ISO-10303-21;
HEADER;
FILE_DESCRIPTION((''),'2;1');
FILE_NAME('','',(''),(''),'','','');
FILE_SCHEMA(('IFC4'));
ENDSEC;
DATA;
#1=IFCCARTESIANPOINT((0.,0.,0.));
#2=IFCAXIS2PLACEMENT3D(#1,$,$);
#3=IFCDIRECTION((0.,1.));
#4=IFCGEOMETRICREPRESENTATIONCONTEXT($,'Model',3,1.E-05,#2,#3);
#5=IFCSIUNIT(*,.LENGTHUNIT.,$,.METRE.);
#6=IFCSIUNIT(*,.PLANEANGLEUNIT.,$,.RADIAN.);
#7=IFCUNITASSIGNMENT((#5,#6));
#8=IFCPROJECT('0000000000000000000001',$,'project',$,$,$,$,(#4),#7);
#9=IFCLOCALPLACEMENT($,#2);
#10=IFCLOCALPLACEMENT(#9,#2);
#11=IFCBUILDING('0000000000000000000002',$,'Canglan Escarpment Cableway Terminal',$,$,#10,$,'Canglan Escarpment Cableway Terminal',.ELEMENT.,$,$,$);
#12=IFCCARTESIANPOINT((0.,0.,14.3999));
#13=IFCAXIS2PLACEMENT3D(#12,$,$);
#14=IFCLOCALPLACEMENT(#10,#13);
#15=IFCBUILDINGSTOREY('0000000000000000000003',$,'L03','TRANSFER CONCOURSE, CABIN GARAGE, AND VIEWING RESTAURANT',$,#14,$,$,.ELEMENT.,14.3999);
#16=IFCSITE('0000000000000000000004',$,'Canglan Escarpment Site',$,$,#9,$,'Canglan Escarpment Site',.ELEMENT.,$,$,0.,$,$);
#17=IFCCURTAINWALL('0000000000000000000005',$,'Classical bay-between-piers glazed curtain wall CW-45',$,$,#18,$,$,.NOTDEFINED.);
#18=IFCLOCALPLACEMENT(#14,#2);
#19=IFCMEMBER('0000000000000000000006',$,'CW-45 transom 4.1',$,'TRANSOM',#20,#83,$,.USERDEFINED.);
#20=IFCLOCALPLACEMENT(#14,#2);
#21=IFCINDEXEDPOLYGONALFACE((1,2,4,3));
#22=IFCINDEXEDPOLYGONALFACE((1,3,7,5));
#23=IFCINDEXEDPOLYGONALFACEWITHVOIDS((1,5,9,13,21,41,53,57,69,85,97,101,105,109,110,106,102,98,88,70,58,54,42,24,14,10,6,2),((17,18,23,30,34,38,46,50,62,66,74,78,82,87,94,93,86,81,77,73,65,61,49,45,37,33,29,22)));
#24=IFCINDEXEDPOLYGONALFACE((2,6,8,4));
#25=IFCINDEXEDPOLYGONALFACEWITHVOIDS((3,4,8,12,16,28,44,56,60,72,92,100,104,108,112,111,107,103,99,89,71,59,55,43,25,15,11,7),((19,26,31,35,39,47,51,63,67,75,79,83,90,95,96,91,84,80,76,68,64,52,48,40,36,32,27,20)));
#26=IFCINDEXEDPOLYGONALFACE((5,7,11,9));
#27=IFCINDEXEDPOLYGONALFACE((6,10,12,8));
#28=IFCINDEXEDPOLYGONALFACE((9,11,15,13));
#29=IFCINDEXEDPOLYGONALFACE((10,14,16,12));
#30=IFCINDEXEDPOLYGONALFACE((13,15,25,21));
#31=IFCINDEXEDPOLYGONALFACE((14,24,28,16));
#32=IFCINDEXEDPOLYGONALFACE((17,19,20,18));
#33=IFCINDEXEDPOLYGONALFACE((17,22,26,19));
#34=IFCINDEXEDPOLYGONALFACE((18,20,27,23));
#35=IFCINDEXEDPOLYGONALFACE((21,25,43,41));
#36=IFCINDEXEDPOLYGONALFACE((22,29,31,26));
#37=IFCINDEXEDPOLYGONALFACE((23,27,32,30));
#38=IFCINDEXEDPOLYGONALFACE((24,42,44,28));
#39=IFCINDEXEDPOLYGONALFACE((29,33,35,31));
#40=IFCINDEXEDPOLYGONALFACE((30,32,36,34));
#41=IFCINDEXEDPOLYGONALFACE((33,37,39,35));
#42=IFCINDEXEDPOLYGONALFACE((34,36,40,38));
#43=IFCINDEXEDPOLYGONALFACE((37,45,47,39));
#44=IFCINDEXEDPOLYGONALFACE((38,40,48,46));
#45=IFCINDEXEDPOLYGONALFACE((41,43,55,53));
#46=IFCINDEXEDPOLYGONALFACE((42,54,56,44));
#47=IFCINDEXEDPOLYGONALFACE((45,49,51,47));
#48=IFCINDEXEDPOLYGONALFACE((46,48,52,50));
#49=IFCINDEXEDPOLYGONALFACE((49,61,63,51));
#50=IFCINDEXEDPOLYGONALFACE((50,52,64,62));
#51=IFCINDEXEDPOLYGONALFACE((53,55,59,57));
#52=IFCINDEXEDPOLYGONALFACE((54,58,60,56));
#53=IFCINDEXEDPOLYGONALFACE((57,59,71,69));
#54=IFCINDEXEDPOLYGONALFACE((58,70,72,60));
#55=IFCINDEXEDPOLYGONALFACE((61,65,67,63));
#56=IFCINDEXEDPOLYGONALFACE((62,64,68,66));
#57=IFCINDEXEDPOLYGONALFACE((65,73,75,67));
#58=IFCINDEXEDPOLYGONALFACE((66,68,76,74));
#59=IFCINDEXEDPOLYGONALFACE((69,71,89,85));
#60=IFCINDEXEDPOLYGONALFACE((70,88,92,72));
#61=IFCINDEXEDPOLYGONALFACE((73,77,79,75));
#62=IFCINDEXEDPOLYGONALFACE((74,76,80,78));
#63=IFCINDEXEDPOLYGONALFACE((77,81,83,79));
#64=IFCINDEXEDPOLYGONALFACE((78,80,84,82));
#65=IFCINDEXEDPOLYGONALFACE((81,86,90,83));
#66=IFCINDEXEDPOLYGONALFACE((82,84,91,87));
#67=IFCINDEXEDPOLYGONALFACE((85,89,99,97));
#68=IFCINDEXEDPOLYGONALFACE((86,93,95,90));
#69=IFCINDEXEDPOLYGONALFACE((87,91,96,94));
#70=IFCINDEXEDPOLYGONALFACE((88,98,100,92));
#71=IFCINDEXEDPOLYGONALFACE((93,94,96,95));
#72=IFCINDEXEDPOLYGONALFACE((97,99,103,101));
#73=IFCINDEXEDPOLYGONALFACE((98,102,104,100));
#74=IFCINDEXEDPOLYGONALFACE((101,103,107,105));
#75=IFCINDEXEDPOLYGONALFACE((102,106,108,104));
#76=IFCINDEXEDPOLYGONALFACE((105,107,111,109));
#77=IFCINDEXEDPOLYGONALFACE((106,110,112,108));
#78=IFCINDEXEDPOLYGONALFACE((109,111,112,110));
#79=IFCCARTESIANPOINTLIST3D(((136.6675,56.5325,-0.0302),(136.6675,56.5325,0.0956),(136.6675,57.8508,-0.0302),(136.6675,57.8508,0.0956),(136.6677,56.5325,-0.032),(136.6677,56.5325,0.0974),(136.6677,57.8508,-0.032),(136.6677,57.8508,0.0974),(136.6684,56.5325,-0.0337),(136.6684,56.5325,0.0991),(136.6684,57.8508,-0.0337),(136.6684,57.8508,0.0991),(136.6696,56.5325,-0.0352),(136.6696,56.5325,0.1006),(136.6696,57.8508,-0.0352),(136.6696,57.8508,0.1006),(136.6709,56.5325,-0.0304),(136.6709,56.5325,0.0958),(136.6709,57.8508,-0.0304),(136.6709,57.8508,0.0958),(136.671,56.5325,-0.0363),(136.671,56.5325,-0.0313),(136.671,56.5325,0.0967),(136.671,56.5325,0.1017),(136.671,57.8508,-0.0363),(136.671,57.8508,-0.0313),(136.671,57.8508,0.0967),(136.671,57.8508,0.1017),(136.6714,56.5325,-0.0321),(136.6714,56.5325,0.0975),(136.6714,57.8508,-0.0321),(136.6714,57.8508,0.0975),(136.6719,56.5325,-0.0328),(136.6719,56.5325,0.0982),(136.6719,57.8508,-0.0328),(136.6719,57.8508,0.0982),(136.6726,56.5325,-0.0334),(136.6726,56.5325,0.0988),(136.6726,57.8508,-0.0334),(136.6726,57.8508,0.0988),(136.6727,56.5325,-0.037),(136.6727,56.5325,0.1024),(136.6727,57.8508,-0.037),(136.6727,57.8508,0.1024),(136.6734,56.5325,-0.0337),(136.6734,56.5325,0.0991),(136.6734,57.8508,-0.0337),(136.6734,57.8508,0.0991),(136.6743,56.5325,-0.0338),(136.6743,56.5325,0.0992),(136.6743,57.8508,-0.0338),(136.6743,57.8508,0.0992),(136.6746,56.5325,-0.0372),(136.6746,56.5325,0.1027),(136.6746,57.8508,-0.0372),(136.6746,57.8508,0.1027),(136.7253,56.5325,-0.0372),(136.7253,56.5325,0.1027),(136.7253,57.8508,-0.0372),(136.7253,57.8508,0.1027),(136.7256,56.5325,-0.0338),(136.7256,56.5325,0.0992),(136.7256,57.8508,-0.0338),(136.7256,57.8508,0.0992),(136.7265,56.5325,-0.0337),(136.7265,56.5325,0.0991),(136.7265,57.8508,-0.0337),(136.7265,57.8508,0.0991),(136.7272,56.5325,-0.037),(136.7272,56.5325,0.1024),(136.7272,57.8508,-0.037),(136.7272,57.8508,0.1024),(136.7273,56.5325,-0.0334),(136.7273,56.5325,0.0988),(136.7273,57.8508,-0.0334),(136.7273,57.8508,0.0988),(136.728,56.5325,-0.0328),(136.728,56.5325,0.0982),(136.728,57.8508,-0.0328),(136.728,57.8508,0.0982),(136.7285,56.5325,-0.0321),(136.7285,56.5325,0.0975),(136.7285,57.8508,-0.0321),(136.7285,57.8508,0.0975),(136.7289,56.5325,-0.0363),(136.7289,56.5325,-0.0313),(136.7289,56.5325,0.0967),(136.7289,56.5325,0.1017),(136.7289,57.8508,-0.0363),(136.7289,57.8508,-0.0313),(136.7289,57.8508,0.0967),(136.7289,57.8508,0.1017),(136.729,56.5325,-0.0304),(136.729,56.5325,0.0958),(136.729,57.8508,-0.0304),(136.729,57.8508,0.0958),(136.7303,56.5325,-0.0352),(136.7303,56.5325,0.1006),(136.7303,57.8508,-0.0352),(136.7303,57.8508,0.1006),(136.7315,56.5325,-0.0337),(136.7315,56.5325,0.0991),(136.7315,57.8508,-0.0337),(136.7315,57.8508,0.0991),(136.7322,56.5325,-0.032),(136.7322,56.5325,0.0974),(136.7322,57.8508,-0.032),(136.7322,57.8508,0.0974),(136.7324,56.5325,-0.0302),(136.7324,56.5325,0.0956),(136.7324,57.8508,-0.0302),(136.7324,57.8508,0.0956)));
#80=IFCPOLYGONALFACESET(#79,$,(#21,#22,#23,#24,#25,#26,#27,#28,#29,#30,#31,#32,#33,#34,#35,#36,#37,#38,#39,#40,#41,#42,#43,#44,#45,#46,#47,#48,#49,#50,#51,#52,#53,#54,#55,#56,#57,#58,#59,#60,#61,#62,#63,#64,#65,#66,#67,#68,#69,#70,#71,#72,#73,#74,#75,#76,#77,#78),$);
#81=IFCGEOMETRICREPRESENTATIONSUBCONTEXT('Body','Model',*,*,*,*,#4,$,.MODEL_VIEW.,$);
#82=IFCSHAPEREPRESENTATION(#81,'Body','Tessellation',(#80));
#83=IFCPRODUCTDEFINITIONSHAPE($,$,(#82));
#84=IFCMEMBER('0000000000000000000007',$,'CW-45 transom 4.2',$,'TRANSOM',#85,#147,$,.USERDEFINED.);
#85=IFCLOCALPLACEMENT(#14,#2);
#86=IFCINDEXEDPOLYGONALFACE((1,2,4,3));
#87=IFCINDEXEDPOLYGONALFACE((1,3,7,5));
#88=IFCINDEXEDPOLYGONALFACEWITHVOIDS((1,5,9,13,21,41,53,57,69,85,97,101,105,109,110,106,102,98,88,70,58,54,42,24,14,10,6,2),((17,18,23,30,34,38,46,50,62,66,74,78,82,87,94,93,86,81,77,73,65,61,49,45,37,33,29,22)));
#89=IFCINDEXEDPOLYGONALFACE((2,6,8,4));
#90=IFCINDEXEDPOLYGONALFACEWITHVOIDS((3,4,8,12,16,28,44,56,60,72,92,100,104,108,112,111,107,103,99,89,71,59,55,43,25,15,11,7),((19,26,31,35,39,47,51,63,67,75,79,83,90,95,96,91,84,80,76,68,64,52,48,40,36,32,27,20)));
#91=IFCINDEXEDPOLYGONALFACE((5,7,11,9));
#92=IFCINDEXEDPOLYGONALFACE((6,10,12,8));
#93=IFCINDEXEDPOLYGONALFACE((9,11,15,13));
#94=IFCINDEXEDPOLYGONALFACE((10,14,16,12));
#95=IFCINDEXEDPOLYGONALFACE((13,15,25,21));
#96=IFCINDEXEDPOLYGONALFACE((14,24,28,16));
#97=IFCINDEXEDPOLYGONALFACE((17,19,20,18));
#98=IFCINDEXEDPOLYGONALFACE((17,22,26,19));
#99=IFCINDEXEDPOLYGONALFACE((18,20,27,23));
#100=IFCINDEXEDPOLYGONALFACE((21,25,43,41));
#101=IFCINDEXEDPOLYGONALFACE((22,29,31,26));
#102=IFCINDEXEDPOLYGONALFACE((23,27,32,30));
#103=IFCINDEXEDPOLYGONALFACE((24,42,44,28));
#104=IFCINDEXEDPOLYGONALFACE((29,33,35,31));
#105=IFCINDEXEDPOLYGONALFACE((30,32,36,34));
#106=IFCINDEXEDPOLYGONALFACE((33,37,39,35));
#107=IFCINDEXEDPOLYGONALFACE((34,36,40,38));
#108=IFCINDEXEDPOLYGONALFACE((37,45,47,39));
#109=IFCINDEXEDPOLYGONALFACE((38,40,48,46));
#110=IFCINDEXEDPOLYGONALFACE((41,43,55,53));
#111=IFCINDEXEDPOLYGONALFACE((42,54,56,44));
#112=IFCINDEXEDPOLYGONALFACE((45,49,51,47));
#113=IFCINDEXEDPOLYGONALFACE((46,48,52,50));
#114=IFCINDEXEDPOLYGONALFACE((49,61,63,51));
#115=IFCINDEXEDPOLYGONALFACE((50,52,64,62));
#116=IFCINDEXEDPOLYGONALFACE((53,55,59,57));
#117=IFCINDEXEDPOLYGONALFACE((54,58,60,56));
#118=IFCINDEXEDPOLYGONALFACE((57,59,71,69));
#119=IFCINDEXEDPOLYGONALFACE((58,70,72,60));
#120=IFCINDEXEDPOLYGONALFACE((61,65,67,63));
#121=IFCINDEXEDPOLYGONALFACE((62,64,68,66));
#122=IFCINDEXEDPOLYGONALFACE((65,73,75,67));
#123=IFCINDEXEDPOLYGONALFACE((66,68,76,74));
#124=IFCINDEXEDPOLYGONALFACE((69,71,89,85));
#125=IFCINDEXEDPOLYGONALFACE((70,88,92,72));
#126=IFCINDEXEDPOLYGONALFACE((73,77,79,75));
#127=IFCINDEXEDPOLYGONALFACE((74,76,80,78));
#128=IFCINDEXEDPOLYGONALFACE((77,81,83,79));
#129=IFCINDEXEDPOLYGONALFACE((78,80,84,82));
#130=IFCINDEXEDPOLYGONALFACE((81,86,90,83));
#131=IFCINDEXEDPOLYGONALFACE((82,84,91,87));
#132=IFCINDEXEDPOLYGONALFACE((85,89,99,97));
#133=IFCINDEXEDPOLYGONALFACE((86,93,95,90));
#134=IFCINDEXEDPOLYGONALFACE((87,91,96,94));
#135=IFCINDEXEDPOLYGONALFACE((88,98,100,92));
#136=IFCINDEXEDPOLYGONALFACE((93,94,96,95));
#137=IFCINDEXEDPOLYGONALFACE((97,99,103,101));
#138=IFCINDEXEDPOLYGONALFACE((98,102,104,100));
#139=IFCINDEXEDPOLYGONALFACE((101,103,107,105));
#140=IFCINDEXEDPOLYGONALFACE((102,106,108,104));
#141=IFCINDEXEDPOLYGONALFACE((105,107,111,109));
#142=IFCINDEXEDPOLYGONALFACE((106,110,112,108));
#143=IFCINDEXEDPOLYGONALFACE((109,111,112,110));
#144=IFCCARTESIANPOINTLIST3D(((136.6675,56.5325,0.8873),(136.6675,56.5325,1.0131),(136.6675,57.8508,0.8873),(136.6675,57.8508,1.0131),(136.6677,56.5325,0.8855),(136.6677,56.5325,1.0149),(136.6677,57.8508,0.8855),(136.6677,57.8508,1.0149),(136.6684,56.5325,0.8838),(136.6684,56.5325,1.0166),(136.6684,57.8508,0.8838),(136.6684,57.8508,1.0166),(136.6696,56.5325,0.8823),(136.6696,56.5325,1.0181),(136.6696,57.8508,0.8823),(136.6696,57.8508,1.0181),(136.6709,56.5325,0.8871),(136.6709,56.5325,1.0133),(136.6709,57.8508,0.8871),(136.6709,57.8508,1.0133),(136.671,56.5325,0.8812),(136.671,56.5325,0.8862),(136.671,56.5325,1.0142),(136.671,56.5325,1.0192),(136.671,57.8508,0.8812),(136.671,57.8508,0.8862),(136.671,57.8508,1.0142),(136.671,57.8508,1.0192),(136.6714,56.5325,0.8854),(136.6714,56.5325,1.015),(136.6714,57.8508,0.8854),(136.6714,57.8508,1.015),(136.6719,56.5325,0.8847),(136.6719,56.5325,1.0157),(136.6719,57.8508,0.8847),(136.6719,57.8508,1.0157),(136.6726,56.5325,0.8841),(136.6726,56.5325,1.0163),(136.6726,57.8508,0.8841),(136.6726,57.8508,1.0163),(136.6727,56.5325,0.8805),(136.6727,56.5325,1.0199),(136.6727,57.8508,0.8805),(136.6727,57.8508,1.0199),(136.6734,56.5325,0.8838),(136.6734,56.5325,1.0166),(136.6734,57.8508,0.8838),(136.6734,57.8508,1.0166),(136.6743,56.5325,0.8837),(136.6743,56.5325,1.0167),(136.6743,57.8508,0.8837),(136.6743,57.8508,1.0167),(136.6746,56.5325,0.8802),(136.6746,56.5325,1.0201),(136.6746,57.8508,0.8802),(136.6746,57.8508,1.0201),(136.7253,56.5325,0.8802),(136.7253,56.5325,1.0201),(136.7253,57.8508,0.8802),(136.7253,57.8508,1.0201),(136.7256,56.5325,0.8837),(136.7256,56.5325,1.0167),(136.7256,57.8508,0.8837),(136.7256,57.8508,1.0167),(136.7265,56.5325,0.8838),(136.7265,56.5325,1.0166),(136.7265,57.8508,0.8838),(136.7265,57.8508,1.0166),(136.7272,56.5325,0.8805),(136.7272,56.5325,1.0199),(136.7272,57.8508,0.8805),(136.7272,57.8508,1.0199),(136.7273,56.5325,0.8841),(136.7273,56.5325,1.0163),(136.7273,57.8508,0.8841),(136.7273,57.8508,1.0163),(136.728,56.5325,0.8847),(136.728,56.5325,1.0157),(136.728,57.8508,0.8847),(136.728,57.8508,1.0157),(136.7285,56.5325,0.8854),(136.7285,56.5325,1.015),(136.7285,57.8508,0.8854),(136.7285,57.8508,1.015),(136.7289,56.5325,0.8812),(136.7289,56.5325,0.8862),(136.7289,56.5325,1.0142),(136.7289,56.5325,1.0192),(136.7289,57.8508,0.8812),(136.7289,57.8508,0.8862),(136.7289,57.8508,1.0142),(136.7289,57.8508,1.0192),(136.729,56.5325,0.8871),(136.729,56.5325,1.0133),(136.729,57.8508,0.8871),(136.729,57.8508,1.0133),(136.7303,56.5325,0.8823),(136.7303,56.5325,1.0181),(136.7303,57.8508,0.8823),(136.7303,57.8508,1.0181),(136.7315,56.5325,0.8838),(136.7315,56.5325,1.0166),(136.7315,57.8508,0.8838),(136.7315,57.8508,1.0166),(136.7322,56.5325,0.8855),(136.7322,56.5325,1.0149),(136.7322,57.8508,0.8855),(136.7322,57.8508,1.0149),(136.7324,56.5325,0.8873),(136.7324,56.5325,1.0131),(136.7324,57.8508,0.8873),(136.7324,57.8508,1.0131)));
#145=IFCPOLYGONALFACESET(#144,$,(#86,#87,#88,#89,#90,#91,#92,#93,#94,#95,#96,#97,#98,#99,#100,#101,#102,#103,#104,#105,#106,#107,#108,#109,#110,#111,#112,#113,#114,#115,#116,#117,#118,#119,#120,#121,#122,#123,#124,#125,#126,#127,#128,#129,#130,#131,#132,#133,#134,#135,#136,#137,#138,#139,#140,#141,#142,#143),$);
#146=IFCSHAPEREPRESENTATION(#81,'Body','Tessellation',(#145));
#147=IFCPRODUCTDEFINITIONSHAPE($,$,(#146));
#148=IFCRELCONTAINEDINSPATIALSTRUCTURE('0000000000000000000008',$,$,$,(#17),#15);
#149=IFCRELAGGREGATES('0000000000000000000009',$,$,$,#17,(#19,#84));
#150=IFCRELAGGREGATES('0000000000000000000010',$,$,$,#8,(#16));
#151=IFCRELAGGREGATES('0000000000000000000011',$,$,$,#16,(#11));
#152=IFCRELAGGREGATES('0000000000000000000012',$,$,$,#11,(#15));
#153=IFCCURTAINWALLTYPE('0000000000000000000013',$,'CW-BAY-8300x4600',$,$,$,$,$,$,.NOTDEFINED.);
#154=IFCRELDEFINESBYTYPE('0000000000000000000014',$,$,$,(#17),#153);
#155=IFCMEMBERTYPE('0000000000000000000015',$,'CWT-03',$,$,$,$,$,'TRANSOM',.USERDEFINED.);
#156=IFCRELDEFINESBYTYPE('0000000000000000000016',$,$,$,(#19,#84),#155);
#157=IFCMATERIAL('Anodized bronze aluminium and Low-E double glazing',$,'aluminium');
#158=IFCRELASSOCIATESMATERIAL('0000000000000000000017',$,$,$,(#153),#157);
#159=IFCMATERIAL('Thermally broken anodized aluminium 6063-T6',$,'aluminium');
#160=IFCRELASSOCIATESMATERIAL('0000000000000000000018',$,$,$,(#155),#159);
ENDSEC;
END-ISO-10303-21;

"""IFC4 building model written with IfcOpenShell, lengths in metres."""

from ifc_helpers import new_model, si_unit, direction, frame, origin, origin_2d, place, context, subcontext, project, spatial, hollow_rectangle, extrude, material, material_profile, profile_set, type_object, element, aggregate, save


model = new_model("IFC4")

# Units and contexts
model_context = context("Model", 3, precision=1e-05, world=origin(), true_north=direction((0.0, 1.0)))
body_context = subcontext(model_context, "Body", "Model", "MODEL_VIEW")
ifc_project = project(units=[si_unit("LENGTHUNIT", "METRE"), si_unit("PLANEANGLEUNIT", "RADIAN")], contexts=[model_context])

# Site, building, storey
site_placement = place(None, origin())
site = spatial("IfcSite", under=ifc_project, at=site_placement, Name="Canglan Escarpment Site", LongName="Canglan Escarpment Site", CompositionType="ELEMENT", RefElevation=0.0)
building_placement = place(site_placement, origin())
building = spatial("IfcBuilding", under=site, at=building_placement, Name="Canglan Escarpment Cableway Terminal", LongName="Canglan Escarpment Cableway Terminal", CompositionType="ELEMENT")
storey_placement = place(building_placement, frame((0.0, 0.0, 14.3999)))
storey = spatial("IfcBuildingStorey", under=building, at=storey_placement, Name="L03", Description="TRANSFER CONCOURSE, CABIN GARAGE, AND VIEWING RESTAURANT", CompositionType="ELEMENT", Elevation=14.3999)

# Curtain wall, members
ifc_material_1 = material(Name="Anodized bronze aluminium and Low-E double glazing", Category="aluminium")
curtain_wall_type = type_object("IfcCurtainWallType", Name="CW-BAY-8300x4600", PredefinedType="NOTDEFINED", material=ifc_material_1)
curtain_wall_placement = place(storey_placement, origin())
curtain_wall = element("IfcCurtainWall", 1, at=curtain_wall_placement, inside=storey, type_object=curtain_wall_type, Name="Classical bay-between-piers glazed curtain wall CW-45", PredefinedType="NOTDEFINED")
ifc_material_2 = material(Name="Thermally broken anodized aluminium 6063-T6", Category="aluminium")
ifc_material_profile_1 = material_profile(ifc_material_2, hollow_rectangle(XDim=0.0649, YDim=0.1399, WallThickness=0.0034, InnerFilletRadius=0.0034, OuterFilletRadius=0.0071, at=origin_2d()), Name="ALU-TRAN 65x140x3.5")
ifc_profile_set_1 = profile_set([ifc_material_profile_1], Name="Thermally broken anodized aluminium 6063-T6")
member_type_1 = type_object("IfcMemberType", Name="CWT-03", ElementType="TRANSOM", PredefinedType="USERDEFINED", material=ifc_profile_set_1)
member_1_placement = place(storey_placement, frame((136.7, 56.5325, 0.0327), z_axis=(0.0, 1.0, 0.0), x_axis=(-1.0, 0.0, 0.0)))
member_1 = element("IfcMember", 2, at=member_1_placement, type_object=member_type_1, Name="CW-45 transom 4.1", ObjectType="TRANSOM", PredefinedType="USERDEFINED", context=body_context, shape_type="SweptSolid", body=[
    extrude(hollow_rectangle(XDim=0.0649, YDim=0.1399, WallThickness=0.0034, InnerFilletRadius=0.0034, OuterFilletRadius=0.0071, at=origin_2d()), origin(), (0.0, 0.0, 1.0), 1.3184),
])
member_2_placement = place(storey_placement, frame((136.7, 56.5325, 0.9502), z_axis=(0.0, 1.0, 0.0), x_axis=(-1.0, 0.0, 0.0)))
member_2 = element("IfcMember", 3, at=member_2_placement, type_object=member_type_1, Name="CW-45 transom 4.2", ObjectType="TRANSOM", PredefinedType="USERDEFINED", context=body_context, shape_type="SweptSolid", body=[
    extrude(hollow_rectangle(XDim=0.0649, YDim=0.1399, WallThickness=0.0034, InnerFilletRadius=0.0034, OuterFilletRadius=0.0071, at=origin_2d()), origin(), (0.0, 0.0, 1.0), 1.3184),
])
aggregate(curtain_wall, [member_1, member_2])

save(model, "model.ifc")
